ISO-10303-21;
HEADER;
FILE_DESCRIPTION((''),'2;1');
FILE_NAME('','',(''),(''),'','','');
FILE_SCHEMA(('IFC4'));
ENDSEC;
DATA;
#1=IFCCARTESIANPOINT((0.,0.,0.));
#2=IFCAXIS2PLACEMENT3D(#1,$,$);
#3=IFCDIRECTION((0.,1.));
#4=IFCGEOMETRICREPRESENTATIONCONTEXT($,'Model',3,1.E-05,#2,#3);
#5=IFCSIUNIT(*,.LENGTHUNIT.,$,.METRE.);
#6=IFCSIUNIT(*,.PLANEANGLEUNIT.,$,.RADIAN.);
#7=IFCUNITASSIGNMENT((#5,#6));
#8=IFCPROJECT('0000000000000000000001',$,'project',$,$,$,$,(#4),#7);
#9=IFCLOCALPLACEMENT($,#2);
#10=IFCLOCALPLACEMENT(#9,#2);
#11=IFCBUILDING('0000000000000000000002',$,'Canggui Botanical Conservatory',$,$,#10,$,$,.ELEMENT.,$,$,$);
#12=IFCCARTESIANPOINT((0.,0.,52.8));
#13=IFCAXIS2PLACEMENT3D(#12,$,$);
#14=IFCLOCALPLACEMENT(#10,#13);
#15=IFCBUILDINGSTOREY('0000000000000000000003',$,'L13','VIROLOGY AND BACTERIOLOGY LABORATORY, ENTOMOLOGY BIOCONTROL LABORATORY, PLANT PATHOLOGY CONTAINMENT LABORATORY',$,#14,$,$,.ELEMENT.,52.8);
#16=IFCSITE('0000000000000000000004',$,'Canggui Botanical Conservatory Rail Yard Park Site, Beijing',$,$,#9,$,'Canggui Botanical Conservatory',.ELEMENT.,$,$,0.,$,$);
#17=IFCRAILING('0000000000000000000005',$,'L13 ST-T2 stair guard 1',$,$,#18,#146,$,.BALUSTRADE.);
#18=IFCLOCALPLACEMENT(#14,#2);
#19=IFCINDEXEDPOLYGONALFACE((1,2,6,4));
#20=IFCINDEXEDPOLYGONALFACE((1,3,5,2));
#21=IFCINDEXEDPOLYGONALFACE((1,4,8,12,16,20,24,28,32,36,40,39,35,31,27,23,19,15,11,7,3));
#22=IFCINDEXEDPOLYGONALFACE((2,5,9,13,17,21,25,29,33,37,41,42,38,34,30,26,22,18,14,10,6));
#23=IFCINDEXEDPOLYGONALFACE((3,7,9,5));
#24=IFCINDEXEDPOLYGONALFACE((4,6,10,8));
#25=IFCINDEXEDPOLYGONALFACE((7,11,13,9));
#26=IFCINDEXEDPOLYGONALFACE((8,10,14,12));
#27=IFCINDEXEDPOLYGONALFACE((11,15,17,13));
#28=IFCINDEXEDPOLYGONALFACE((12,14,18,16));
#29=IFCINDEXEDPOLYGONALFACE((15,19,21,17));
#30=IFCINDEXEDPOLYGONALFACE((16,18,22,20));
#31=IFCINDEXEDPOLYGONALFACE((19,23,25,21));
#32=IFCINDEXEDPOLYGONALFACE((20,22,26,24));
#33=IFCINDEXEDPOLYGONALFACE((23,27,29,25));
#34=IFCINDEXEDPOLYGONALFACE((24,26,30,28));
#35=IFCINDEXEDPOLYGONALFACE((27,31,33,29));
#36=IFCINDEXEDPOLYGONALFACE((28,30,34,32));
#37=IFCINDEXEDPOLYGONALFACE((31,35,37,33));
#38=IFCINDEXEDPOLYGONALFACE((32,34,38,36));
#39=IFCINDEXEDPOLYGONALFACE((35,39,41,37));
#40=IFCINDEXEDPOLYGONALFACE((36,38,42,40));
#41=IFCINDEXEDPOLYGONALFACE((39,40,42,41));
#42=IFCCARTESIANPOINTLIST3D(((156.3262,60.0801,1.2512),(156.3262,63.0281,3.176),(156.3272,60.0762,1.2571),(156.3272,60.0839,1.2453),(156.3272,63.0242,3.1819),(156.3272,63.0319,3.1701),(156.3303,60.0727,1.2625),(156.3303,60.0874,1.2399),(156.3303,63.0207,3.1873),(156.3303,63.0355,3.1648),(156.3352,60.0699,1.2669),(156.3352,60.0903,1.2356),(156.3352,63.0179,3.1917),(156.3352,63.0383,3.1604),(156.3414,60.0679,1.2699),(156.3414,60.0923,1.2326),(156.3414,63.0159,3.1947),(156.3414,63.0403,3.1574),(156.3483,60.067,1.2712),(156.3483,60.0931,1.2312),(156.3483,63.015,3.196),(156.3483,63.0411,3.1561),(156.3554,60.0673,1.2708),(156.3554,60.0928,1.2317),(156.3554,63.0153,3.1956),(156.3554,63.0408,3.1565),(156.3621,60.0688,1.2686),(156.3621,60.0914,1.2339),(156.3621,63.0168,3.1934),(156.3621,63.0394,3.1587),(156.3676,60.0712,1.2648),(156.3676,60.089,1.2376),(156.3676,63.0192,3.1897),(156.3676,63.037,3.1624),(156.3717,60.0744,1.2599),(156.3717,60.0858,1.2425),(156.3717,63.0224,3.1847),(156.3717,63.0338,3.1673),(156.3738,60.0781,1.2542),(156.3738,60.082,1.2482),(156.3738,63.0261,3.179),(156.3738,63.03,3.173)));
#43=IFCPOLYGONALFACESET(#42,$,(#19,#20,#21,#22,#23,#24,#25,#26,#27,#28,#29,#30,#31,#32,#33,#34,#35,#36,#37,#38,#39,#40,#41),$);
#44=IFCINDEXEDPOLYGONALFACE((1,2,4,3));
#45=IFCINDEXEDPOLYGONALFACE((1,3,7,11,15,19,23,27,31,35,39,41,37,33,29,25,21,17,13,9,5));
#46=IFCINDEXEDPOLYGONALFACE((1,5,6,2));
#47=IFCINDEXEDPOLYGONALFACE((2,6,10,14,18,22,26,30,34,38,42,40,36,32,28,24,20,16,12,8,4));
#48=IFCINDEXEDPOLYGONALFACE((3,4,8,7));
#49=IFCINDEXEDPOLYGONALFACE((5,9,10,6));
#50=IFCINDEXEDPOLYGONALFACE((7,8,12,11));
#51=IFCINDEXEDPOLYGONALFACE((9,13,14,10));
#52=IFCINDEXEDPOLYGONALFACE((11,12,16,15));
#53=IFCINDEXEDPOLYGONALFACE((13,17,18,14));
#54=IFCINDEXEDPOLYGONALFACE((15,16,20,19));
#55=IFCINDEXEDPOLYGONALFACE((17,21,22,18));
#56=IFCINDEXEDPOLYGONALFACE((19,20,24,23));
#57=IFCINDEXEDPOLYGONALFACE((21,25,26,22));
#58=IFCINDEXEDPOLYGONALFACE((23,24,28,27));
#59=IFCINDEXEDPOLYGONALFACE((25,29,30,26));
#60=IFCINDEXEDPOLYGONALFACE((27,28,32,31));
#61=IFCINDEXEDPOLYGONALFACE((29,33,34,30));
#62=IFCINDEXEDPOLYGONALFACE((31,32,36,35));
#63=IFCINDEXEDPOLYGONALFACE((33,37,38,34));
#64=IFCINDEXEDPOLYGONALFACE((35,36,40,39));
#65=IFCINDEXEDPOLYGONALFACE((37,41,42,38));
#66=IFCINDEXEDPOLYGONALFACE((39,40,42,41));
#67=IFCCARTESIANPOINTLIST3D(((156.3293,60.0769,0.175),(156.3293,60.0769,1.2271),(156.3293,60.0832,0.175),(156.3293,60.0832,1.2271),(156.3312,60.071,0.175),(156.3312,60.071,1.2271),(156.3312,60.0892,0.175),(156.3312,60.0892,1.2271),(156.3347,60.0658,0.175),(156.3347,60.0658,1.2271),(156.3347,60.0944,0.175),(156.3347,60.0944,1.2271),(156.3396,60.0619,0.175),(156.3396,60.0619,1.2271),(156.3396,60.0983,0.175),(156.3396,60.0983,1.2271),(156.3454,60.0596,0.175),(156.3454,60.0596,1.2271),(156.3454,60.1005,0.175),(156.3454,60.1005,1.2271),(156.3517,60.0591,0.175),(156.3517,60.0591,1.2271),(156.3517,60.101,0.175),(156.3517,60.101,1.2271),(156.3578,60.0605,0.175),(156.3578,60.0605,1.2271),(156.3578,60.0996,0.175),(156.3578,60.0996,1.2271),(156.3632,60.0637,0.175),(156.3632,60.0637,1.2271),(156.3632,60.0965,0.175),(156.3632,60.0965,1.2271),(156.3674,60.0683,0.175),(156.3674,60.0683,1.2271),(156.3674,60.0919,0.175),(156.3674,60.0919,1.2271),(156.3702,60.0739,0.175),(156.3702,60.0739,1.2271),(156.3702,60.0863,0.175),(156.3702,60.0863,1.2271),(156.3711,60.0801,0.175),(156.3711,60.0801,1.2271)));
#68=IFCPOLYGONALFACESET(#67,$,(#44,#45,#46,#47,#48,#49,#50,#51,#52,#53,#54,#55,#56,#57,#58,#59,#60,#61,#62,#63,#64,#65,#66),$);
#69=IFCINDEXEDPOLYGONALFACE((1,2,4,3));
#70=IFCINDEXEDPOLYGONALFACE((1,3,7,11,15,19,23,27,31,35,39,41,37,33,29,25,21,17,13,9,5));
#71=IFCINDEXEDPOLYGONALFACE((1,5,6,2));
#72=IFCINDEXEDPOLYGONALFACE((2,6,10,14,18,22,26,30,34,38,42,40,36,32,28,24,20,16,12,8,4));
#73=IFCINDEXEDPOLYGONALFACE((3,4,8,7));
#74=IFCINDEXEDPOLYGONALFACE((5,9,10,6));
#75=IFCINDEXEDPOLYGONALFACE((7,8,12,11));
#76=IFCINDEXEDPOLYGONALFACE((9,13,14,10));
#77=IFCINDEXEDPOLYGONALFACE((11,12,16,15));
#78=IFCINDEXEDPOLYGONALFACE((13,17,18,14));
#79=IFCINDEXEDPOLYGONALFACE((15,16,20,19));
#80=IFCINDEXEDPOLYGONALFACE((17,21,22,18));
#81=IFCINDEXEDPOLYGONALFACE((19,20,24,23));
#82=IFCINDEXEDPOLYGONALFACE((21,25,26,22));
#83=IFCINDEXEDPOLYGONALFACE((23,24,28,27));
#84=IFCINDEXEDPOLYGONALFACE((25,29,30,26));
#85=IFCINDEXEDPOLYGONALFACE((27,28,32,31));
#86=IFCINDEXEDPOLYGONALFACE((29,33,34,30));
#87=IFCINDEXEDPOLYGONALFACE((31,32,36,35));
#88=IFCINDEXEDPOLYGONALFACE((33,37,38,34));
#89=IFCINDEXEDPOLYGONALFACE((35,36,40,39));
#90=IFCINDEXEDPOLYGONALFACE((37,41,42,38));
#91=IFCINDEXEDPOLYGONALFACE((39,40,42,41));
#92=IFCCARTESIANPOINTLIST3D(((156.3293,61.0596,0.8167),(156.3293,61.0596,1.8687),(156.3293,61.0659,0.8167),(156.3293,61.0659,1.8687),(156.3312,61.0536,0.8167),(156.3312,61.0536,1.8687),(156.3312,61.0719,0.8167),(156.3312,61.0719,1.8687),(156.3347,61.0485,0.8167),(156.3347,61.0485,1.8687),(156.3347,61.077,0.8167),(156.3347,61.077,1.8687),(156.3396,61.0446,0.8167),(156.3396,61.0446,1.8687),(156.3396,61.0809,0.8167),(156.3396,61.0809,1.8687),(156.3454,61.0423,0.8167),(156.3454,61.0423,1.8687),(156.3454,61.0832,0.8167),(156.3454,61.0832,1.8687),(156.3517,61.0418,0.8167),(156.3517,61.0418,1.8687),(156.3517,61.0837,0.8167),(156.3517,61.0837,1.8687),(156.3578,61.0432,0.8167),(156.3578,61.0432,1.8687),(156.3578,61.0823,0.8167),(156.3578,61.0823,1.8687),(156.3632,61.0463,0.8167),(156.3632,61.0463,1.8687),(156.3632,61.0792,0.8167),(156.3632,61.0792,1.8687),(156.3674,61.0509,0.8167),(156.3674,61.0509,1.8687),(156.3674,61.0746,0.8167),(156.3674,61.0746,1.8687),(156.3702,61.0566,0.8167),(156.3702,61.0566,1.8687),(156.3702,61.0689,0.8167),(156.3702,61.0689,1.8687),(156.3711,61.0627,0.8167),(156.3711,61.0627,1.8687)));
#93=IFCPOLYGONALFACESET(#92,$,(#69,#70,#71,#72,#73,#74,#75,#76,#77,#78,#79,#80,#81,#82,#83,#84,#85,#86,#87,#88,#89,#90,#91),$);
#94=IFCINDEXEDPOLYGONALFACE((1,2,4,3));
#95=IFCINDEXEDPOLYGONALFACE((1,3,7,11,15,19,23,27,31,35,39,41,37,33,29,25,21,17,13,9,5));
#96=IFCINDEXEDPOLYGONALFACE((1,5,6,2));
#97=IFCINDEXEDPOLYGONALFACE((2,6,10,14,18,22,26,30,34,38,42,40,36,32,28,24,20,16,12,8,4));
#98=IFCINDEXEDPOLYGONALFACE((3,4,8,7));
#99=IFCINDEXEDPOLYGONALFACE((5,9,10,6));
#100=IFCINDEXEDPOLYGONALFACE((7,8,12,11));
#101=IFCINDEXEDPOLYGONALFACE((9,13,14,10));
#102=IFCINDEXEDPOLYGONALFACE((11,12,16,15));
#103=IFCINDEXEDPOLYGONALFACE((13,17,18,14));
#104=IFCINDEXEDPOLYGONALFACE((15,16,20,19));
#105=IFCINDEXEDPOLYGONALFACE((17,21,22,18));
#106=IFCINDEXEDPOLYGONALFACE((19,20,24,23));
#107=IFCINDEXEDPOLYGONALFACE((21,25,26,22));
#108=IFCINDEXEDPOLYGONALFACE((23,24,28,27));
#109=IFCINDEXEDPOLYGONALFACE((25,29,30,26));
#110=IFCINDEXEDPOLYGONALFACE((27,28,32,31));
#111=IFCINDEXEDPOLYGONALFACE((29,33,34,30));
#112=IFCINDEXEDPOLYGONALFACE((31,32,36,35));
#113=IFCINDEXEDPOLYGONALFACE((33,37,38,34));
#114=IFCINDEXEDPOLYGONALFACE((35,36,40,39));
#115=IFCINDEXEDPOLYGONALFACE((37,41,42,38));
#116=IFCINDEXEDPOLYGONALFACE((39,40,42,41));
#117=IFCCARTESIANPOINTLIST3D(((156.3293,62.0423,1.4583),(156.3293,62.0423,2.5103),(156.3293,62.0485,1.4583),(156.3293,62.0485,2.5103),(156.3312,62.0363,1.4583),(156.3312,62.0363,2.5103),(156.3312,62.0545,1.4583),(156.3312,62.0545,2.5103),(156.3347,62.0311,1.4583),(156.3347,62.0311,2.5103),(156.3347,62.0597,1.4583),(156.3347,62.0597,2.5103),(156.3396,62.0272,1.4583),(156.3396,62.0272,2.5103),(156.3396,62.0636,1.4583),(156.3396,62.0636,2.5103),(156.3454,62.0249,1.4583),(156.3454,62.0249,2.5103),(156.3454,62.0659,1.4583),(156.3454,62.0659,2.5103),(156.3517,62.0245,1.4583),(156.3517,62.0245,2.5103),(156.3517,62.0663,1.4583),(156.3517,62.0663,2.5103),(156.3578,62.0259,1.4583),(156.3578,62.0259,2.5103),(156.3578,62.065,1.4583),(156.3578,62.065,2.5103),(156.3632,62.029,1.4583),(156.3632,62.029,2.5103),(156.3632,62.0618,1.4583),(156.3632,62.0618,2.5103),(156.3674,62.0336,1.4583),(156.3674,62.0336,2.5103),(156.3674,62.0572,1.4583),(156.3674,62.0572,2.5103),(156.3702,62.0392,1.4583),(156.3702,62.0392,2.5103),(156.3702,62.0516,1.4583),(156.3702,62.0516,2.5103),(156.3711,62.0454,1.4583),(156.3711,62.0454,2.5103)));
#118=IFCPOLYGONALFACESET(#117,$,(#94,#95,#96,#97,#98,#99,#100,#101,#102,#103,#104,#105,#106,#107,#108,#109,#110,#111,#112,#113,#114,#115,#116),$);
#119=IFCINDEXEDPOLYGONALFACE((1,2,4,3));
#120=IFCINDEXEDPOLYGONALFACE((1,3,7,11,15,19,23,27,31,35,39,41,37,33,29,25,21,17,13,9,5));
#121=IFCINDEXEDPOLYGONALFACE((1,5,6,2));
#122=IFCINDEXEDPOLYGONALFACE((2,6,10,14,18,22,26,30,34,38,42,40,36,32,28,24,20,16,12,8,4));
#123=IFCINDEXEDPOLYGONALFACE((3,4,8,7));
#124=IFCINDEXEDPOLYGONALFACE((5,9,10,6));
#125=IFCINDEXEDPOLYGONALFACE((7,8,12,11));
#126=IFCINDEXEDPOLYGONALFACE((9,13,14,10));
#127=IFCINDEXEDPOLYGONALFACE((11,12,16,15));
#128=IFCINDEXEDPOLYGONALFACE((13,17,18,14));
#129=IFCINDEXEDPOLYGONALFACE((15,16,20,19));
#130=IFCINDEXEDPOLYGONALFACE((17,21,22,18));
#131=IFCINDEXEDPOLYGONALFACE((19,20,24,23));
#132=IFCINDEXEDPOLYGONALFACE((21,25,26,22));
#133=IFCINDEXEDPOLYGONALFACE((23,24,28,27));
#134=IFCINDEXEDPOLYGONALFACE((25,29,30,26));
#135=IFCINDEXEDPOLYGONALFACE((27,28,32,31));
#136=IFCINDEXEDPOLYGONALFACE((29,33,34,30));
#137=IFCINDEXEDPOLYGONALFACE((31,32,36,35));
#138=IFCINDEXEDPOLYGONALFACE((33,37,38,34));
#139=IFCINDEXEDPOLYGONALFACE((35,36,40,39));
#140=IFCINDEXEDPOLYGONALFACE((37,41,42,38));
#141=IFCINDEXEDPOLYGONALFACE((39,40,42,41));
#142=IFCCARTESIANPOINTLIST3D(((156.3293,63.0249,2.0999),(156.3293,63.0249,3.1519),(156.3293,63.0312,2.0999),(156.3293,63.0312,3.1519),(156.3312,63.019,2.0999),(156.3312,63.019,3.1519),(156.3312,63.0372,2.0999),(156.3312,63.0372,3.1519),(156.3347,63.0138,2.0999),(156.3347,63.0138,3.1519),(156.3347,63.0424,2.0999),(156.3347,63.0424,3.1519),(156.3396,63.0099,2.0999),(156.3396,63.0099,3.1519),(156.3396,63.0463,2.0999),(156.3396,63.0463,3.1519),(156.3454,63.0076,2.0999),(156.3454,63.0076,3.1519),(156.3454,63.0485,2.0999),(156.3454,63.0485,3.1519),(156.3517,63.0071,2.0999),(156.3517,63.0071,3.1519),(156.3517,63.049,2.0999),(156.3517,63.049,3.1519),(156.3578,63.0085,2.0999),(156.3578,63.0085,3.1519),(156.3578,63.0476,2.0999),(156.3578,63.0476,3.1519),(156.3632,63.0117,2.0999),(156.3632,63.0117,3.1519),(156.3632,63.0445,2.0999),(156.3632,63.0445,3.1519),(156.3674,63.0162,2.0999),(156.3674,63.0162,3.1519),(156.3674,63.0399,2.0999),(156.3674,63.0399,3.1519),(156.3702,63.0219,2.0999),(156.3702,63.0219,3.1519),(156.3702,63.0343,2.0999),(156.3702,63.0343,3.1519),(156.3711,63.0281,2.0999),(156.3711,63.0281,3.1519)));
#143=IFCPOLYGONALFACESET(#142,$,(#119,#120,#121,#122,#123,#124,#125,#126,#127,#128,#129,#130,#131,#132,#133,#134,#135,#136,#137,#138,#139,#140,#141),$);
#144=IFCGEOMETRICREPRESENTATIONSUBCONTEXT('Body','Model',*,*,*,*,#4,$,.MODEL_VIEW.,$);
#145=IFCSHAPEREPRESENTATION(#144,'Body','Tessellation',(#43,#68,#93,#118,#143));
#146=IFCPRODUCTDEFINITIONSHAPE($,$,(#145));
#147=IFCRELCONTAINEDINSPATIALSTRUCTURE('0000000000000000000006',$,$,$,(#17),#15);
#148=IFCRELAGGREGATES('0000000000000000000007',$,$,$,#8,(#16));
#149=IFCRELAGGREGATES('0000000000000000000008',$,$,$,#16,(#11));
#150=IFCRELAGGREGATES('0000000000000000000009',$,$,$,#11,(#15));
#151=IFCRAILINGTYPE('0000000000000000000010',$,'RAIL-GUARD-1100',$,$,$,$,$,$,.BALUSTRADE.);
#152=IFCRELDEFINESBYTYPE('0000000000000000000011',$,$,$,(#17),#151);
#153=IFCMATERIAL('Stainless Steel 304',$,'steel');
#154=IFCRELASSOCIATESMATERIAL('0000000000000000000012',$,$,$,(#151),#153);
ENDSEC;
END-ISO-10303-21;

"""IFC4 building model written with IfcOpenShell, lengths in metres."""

from ifc_helpers import new_model, si_unit, direction, frame, origin, origin_2d, place, context, subcontext, project, spatial, circle, extrude, material, type_object, element, save


model = new_model("IFC4")

# Units and contexts
model_context = context("Model", 3, precision=1e-05, world=origin(), true_north=direction((0.0, 1.0)))
body_context = subcontext(model_context, "Body", "Model", "MODEL_VIEW")
ifc_project = project(units=[si_unit("LENGTHUNIT", "METRE"), si_unit("PLANEANGLEUNIT", "RADIAN")], contexts=[model_context])

# Site, building, storey
site_placement = place(None, origin())
site = spatial("IfcSite", under=ifc_project, at=site_placement, Name="Canggui Botanical Conservatory Rail Yard Park Site, Beijing", LongName="Canggui Botanical Conservatory", CompositionType="ELEMENT", RefElevation=0.0)
building_placement = place(site_placement, origin())
building = spatial("IfcBuilding", under=site, at=building_placement, Name="Canggui Botanical Conservatory", CompositionType="ELEMENT")
storey_placement = place(building_placement, frame((0.0, 0.0, 52.8)))
storey = spatial("IfcBuildingStorey", under=building, at=storey_placement, Name="L13", Description="VIROLOGY AND BACTERIOLOGY LABORATORY, ENTOMOLOGY BIOCONTROL LABORATORY, PLANT PATHOLOGY CONTAINMENT LABORATORY", CompositionType="ELEMENT", Elevation=52.8)

# Railing
ifc_material_1 = material(Name="Stainless Steel 304", Category="steel")
railing_type_1 = type_object("IfcRailingType", Name="RAIL-GUARD-1100", PredefinedType="BALUSTRADE", material=ifc_material_1)
railing_1_placement = place(storey_placement, frame((156.3501, 60.0801, 0.175)))
element("IfcRailing", 1, at=railing_1_placement, inside=storey, type_object=railing_type_1, Name="L13 ST-T2 stair guard 1", PredefinedType="BALUSTRADE", context=body_context, shape_type="SweptSolid", body=[
    extrude(circle(Radius=0.0239, at=origin_2d()), frame((0.0, 0.0, 1.0762), z_axis=(0.0, 0.837325, 0.546706), x_axis=(-1.0, 0.0, 0.0)), (0.0, 0.0, 1.0), 3.5208),
    extrude(circle(Radius=0.021, at=origin_2d()), origin(), (0.0, 0.0, 1.0), 1.052),
    extrude(circle(Radius=0.021, at=origin_2d()), frame((0.0, 0.9827, 0.6416)), (0.0, 0.0, 1.0), 1.052),
    extrude(circle(Radius=0.021, at=origin_2d()), frame((0.0, 1.9653, 1.2832)), (0.0, 0.0, 1.0), 1.052),
    extrude(circle(Radius=0.021, at=origin_2d()), frame((0.0, 2.948, 1.9248)), (0.0, 0.0, 1.0), 1.052),
])

save(model, "model.ifc")
